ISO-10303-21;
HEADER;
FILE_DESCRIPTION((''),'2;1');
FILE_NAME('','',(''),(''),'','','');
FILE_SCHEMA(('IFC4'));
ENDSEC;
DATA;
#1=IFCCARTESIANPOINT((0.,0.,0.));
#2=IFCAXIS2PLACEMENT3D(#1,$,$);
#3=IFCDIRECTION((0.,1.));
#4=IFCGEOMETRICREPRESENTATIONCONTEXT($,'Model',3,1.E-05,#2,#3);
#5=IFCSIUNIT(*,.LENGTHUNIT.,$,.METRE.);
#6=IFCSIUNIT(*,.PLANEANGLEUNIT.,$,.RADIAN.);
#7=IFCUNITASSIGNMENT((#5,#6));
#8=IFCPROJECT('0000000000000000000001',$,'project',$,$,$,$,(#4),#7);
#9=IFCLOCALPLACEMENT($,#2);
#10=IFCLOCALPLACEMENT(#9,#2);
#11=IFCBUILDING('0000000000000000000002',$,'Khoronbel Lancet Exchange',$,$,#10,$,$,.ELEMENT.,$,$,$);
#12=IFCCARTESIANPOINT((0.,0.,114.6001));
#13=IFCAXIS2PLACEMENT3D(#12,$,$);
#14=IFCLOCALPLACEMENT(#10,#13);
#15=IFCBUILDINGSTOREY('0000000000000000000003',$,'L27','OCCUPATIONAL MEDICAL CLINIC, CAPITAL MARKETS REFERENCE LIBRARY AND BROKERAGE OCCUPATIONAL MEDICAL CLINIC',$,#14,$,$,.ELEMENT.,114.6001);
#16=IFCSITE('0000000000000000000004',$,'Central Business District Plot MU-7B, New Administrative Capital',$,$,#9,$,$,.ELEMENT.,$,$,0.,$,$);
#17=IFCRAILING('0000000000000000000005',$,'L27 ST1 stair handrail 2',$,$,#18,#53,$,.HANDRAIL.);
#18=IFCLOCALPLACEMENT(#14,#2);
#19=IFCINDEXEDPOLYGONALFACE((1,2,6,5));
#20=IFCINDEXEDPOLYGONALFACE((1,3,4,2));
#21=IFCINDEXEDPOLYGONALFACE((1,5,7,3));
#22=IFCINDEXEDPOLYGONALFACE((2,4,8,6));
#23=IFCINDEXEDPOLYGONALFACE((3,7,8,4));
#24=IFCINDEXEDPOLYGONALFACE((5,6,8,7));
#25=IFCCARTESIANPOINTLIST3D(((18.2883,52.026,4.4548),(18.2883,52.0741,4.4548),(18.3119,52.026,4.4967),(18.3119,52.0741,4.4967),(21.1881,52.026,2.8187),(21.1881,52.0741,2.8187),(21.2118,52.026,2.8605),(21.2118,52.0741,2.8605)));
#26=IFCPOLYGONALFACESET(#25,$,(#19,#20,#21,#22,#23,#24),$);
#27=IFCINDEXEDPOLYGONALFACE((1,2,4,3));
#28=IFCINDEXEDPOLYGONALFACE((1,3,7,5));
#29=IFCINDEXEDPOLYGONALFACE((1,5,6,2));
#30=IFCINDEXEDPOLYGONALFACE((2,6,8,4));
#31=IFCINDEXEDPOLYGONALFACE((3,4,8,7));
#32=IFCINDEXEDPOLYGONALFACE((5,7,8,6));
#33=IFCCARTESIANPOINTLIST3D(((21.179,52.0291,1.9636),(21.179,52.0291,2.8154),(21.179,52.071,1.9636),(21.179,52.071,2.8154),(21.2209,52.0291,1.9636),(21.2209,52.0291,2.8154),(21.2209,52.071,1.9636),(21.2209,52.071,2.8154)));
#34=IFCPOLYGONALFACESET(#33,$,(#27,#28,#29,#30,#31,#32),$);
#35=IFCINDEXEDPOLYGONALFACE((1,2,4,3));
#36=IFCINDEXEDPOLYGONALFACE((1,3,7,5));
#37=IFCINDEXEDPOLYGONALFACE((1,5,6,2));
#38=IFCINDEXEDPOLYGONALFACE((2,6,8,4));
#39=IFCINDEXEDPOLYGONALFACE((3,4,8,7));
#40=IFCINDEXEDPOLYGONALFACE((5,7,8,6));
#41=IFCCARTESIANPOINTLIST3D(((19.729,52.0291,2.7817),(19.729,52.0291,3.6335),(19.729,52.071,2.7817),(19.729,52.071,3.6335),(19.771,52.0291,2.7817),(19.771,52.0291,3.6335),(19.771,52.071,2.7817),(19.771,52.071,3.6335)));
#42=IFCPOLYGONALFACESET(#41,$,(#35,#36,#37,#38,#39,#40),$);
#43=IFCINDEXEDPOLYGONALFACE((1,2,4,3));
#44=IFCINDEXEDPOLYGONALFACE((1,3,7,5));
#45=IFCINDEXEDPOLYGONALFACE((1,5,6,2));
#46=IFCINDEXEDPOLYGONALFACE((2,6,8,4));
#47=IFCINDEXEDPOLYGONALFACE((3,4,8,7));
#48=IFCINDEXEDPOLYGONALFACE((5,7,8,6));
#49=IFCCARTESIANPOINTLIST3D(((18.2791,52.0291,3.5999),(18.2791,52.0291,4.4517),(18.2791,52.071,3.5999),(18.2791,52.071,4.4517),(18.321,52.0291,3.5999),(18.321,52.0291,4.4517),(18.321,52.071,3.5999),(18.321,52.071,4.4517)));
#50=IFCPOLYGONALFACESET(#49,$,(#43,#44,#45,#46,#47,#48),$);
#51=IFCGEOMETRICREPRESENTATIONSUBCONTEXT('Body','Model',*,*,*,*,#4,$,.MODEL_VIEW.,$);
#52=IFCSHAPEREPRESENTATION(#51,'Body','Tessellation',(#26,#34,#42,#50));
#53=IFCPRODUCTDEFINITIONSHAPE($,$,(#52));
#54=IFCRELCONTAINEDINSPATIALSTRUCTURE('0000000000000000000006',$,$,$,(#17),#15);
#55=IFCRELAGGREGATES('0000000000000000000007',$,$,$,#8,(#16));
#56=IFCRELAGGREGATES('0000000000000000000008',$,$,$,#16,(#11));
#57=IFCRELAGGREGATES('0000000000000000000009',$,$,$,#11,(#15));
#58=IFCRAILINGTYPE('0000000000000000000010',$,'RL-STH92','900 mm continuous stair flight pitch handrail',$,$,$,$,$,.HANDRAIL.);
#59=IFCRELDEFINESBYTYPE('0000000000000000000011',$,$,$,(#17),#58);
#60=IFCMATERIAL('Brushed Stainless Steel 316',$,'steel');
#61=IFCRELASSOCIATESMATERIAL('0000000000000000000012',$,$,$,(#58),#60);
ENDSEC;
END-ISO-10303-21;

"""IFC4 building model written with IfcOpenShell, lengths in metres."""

from ifc_helpers import new_model, si_unit, direction, frame, origin, origin_2d, place, context, subcontext, project, spatial, rectangle, extrude, material, type_object, element, save


model = new_model("IFC4")

# Units and contexts
model_context = context("Model", 3, precision=1e-05, world=origin(), true_north=direction((0.0, 1.0)))
body_context = subcontext(model_context, "Body", "Model", "MODEL_VIEW")
ifc_project = project(units=[si_unit("LENGTHUNIT", "METRE"), si_unit("PLANEANGLEUNIT", "RADIAN")], contexts=[model_context])

# Site, building, storey
site_placement = place(None, origin())
site = spatial("IfcSite", under=ifc_project, at=site_placement, Name="Central Business District Plot MU-7B, New Administrative Capital", CompositionType="ELEMENT", RefElevation=0.0)
building_placement = place(site_placement, origin())
building = spatial("IfcBuilding", under=site, at=building_placement, Name="Khoronbel Lancet Exchange", CompositionType="ELEMENT")
storey_placement = place(building_placement, frame((0.0, 0.0, 114.6001)))
storey = spatial("IfcBuildingStorey", under=building, at=storey_placement, Name="L27", Description="OCCUPATIONAL MEDICAL CLINIC, CAPITAL MARKETS REFERENCE LIBRARY AND BROKERAGE OCCUPATIONAL MEDICAL CLINIC", CompositionType="ELEMENT", Elevation=114.6001)

# Railing
ifc_material_1 = material(Name="Brushed Stainless Steel 316", Category="steel")
railing_type_1 = type_object("IfcRailingType", Name="RL-STH92", Description="900 mm continuous stair flight pitch handrail", PredefinedType="HANDRAIL", material=ifc_material_1)
railing_1_placement = place(storey_placement, frame((21.2, 52.05, 1.9636)))
element("IfcRailing", 1, at=railing_1_placement, inside=storey, type_object=railing_type_1, Name="L27 ST1 stair handrail 2", PredefinedType="HANDRAIL", context=body_context, shape_type="SweptSolid", body=[
    extrude(rectangle(XDim=0.0481, YDim=0.0481, at=origin_2d()), frame((0.0, 0.0, 0.876), z_axis=(-0.870929, 0.0, 0.49141), x_axis=(0.0, -1.0, 0.0)), (0.0, 0.0, 1.0), 3.3296),
    extrude(rectangle(XDim=0.042, YDim=0.042, at=origin_2d()), origin(), (0.0, 0.0, 1.0), 0.8518),
    extrude(rectangle(XDim=0.042, YDim=0.042, at=origin_2d()), frame((-1.45, 0.0, 0.8181)), (0.0, 0.0, 1.0), 0.8518),
    extrude(rectangle(XDim=0.042, YDim=0.042, at=origin_2d()), frame((-2.8999, 0.0, 1.6362)), (0.0, 0.0, 1.0), 0.8518),
])

save(model, "model.ifc")
